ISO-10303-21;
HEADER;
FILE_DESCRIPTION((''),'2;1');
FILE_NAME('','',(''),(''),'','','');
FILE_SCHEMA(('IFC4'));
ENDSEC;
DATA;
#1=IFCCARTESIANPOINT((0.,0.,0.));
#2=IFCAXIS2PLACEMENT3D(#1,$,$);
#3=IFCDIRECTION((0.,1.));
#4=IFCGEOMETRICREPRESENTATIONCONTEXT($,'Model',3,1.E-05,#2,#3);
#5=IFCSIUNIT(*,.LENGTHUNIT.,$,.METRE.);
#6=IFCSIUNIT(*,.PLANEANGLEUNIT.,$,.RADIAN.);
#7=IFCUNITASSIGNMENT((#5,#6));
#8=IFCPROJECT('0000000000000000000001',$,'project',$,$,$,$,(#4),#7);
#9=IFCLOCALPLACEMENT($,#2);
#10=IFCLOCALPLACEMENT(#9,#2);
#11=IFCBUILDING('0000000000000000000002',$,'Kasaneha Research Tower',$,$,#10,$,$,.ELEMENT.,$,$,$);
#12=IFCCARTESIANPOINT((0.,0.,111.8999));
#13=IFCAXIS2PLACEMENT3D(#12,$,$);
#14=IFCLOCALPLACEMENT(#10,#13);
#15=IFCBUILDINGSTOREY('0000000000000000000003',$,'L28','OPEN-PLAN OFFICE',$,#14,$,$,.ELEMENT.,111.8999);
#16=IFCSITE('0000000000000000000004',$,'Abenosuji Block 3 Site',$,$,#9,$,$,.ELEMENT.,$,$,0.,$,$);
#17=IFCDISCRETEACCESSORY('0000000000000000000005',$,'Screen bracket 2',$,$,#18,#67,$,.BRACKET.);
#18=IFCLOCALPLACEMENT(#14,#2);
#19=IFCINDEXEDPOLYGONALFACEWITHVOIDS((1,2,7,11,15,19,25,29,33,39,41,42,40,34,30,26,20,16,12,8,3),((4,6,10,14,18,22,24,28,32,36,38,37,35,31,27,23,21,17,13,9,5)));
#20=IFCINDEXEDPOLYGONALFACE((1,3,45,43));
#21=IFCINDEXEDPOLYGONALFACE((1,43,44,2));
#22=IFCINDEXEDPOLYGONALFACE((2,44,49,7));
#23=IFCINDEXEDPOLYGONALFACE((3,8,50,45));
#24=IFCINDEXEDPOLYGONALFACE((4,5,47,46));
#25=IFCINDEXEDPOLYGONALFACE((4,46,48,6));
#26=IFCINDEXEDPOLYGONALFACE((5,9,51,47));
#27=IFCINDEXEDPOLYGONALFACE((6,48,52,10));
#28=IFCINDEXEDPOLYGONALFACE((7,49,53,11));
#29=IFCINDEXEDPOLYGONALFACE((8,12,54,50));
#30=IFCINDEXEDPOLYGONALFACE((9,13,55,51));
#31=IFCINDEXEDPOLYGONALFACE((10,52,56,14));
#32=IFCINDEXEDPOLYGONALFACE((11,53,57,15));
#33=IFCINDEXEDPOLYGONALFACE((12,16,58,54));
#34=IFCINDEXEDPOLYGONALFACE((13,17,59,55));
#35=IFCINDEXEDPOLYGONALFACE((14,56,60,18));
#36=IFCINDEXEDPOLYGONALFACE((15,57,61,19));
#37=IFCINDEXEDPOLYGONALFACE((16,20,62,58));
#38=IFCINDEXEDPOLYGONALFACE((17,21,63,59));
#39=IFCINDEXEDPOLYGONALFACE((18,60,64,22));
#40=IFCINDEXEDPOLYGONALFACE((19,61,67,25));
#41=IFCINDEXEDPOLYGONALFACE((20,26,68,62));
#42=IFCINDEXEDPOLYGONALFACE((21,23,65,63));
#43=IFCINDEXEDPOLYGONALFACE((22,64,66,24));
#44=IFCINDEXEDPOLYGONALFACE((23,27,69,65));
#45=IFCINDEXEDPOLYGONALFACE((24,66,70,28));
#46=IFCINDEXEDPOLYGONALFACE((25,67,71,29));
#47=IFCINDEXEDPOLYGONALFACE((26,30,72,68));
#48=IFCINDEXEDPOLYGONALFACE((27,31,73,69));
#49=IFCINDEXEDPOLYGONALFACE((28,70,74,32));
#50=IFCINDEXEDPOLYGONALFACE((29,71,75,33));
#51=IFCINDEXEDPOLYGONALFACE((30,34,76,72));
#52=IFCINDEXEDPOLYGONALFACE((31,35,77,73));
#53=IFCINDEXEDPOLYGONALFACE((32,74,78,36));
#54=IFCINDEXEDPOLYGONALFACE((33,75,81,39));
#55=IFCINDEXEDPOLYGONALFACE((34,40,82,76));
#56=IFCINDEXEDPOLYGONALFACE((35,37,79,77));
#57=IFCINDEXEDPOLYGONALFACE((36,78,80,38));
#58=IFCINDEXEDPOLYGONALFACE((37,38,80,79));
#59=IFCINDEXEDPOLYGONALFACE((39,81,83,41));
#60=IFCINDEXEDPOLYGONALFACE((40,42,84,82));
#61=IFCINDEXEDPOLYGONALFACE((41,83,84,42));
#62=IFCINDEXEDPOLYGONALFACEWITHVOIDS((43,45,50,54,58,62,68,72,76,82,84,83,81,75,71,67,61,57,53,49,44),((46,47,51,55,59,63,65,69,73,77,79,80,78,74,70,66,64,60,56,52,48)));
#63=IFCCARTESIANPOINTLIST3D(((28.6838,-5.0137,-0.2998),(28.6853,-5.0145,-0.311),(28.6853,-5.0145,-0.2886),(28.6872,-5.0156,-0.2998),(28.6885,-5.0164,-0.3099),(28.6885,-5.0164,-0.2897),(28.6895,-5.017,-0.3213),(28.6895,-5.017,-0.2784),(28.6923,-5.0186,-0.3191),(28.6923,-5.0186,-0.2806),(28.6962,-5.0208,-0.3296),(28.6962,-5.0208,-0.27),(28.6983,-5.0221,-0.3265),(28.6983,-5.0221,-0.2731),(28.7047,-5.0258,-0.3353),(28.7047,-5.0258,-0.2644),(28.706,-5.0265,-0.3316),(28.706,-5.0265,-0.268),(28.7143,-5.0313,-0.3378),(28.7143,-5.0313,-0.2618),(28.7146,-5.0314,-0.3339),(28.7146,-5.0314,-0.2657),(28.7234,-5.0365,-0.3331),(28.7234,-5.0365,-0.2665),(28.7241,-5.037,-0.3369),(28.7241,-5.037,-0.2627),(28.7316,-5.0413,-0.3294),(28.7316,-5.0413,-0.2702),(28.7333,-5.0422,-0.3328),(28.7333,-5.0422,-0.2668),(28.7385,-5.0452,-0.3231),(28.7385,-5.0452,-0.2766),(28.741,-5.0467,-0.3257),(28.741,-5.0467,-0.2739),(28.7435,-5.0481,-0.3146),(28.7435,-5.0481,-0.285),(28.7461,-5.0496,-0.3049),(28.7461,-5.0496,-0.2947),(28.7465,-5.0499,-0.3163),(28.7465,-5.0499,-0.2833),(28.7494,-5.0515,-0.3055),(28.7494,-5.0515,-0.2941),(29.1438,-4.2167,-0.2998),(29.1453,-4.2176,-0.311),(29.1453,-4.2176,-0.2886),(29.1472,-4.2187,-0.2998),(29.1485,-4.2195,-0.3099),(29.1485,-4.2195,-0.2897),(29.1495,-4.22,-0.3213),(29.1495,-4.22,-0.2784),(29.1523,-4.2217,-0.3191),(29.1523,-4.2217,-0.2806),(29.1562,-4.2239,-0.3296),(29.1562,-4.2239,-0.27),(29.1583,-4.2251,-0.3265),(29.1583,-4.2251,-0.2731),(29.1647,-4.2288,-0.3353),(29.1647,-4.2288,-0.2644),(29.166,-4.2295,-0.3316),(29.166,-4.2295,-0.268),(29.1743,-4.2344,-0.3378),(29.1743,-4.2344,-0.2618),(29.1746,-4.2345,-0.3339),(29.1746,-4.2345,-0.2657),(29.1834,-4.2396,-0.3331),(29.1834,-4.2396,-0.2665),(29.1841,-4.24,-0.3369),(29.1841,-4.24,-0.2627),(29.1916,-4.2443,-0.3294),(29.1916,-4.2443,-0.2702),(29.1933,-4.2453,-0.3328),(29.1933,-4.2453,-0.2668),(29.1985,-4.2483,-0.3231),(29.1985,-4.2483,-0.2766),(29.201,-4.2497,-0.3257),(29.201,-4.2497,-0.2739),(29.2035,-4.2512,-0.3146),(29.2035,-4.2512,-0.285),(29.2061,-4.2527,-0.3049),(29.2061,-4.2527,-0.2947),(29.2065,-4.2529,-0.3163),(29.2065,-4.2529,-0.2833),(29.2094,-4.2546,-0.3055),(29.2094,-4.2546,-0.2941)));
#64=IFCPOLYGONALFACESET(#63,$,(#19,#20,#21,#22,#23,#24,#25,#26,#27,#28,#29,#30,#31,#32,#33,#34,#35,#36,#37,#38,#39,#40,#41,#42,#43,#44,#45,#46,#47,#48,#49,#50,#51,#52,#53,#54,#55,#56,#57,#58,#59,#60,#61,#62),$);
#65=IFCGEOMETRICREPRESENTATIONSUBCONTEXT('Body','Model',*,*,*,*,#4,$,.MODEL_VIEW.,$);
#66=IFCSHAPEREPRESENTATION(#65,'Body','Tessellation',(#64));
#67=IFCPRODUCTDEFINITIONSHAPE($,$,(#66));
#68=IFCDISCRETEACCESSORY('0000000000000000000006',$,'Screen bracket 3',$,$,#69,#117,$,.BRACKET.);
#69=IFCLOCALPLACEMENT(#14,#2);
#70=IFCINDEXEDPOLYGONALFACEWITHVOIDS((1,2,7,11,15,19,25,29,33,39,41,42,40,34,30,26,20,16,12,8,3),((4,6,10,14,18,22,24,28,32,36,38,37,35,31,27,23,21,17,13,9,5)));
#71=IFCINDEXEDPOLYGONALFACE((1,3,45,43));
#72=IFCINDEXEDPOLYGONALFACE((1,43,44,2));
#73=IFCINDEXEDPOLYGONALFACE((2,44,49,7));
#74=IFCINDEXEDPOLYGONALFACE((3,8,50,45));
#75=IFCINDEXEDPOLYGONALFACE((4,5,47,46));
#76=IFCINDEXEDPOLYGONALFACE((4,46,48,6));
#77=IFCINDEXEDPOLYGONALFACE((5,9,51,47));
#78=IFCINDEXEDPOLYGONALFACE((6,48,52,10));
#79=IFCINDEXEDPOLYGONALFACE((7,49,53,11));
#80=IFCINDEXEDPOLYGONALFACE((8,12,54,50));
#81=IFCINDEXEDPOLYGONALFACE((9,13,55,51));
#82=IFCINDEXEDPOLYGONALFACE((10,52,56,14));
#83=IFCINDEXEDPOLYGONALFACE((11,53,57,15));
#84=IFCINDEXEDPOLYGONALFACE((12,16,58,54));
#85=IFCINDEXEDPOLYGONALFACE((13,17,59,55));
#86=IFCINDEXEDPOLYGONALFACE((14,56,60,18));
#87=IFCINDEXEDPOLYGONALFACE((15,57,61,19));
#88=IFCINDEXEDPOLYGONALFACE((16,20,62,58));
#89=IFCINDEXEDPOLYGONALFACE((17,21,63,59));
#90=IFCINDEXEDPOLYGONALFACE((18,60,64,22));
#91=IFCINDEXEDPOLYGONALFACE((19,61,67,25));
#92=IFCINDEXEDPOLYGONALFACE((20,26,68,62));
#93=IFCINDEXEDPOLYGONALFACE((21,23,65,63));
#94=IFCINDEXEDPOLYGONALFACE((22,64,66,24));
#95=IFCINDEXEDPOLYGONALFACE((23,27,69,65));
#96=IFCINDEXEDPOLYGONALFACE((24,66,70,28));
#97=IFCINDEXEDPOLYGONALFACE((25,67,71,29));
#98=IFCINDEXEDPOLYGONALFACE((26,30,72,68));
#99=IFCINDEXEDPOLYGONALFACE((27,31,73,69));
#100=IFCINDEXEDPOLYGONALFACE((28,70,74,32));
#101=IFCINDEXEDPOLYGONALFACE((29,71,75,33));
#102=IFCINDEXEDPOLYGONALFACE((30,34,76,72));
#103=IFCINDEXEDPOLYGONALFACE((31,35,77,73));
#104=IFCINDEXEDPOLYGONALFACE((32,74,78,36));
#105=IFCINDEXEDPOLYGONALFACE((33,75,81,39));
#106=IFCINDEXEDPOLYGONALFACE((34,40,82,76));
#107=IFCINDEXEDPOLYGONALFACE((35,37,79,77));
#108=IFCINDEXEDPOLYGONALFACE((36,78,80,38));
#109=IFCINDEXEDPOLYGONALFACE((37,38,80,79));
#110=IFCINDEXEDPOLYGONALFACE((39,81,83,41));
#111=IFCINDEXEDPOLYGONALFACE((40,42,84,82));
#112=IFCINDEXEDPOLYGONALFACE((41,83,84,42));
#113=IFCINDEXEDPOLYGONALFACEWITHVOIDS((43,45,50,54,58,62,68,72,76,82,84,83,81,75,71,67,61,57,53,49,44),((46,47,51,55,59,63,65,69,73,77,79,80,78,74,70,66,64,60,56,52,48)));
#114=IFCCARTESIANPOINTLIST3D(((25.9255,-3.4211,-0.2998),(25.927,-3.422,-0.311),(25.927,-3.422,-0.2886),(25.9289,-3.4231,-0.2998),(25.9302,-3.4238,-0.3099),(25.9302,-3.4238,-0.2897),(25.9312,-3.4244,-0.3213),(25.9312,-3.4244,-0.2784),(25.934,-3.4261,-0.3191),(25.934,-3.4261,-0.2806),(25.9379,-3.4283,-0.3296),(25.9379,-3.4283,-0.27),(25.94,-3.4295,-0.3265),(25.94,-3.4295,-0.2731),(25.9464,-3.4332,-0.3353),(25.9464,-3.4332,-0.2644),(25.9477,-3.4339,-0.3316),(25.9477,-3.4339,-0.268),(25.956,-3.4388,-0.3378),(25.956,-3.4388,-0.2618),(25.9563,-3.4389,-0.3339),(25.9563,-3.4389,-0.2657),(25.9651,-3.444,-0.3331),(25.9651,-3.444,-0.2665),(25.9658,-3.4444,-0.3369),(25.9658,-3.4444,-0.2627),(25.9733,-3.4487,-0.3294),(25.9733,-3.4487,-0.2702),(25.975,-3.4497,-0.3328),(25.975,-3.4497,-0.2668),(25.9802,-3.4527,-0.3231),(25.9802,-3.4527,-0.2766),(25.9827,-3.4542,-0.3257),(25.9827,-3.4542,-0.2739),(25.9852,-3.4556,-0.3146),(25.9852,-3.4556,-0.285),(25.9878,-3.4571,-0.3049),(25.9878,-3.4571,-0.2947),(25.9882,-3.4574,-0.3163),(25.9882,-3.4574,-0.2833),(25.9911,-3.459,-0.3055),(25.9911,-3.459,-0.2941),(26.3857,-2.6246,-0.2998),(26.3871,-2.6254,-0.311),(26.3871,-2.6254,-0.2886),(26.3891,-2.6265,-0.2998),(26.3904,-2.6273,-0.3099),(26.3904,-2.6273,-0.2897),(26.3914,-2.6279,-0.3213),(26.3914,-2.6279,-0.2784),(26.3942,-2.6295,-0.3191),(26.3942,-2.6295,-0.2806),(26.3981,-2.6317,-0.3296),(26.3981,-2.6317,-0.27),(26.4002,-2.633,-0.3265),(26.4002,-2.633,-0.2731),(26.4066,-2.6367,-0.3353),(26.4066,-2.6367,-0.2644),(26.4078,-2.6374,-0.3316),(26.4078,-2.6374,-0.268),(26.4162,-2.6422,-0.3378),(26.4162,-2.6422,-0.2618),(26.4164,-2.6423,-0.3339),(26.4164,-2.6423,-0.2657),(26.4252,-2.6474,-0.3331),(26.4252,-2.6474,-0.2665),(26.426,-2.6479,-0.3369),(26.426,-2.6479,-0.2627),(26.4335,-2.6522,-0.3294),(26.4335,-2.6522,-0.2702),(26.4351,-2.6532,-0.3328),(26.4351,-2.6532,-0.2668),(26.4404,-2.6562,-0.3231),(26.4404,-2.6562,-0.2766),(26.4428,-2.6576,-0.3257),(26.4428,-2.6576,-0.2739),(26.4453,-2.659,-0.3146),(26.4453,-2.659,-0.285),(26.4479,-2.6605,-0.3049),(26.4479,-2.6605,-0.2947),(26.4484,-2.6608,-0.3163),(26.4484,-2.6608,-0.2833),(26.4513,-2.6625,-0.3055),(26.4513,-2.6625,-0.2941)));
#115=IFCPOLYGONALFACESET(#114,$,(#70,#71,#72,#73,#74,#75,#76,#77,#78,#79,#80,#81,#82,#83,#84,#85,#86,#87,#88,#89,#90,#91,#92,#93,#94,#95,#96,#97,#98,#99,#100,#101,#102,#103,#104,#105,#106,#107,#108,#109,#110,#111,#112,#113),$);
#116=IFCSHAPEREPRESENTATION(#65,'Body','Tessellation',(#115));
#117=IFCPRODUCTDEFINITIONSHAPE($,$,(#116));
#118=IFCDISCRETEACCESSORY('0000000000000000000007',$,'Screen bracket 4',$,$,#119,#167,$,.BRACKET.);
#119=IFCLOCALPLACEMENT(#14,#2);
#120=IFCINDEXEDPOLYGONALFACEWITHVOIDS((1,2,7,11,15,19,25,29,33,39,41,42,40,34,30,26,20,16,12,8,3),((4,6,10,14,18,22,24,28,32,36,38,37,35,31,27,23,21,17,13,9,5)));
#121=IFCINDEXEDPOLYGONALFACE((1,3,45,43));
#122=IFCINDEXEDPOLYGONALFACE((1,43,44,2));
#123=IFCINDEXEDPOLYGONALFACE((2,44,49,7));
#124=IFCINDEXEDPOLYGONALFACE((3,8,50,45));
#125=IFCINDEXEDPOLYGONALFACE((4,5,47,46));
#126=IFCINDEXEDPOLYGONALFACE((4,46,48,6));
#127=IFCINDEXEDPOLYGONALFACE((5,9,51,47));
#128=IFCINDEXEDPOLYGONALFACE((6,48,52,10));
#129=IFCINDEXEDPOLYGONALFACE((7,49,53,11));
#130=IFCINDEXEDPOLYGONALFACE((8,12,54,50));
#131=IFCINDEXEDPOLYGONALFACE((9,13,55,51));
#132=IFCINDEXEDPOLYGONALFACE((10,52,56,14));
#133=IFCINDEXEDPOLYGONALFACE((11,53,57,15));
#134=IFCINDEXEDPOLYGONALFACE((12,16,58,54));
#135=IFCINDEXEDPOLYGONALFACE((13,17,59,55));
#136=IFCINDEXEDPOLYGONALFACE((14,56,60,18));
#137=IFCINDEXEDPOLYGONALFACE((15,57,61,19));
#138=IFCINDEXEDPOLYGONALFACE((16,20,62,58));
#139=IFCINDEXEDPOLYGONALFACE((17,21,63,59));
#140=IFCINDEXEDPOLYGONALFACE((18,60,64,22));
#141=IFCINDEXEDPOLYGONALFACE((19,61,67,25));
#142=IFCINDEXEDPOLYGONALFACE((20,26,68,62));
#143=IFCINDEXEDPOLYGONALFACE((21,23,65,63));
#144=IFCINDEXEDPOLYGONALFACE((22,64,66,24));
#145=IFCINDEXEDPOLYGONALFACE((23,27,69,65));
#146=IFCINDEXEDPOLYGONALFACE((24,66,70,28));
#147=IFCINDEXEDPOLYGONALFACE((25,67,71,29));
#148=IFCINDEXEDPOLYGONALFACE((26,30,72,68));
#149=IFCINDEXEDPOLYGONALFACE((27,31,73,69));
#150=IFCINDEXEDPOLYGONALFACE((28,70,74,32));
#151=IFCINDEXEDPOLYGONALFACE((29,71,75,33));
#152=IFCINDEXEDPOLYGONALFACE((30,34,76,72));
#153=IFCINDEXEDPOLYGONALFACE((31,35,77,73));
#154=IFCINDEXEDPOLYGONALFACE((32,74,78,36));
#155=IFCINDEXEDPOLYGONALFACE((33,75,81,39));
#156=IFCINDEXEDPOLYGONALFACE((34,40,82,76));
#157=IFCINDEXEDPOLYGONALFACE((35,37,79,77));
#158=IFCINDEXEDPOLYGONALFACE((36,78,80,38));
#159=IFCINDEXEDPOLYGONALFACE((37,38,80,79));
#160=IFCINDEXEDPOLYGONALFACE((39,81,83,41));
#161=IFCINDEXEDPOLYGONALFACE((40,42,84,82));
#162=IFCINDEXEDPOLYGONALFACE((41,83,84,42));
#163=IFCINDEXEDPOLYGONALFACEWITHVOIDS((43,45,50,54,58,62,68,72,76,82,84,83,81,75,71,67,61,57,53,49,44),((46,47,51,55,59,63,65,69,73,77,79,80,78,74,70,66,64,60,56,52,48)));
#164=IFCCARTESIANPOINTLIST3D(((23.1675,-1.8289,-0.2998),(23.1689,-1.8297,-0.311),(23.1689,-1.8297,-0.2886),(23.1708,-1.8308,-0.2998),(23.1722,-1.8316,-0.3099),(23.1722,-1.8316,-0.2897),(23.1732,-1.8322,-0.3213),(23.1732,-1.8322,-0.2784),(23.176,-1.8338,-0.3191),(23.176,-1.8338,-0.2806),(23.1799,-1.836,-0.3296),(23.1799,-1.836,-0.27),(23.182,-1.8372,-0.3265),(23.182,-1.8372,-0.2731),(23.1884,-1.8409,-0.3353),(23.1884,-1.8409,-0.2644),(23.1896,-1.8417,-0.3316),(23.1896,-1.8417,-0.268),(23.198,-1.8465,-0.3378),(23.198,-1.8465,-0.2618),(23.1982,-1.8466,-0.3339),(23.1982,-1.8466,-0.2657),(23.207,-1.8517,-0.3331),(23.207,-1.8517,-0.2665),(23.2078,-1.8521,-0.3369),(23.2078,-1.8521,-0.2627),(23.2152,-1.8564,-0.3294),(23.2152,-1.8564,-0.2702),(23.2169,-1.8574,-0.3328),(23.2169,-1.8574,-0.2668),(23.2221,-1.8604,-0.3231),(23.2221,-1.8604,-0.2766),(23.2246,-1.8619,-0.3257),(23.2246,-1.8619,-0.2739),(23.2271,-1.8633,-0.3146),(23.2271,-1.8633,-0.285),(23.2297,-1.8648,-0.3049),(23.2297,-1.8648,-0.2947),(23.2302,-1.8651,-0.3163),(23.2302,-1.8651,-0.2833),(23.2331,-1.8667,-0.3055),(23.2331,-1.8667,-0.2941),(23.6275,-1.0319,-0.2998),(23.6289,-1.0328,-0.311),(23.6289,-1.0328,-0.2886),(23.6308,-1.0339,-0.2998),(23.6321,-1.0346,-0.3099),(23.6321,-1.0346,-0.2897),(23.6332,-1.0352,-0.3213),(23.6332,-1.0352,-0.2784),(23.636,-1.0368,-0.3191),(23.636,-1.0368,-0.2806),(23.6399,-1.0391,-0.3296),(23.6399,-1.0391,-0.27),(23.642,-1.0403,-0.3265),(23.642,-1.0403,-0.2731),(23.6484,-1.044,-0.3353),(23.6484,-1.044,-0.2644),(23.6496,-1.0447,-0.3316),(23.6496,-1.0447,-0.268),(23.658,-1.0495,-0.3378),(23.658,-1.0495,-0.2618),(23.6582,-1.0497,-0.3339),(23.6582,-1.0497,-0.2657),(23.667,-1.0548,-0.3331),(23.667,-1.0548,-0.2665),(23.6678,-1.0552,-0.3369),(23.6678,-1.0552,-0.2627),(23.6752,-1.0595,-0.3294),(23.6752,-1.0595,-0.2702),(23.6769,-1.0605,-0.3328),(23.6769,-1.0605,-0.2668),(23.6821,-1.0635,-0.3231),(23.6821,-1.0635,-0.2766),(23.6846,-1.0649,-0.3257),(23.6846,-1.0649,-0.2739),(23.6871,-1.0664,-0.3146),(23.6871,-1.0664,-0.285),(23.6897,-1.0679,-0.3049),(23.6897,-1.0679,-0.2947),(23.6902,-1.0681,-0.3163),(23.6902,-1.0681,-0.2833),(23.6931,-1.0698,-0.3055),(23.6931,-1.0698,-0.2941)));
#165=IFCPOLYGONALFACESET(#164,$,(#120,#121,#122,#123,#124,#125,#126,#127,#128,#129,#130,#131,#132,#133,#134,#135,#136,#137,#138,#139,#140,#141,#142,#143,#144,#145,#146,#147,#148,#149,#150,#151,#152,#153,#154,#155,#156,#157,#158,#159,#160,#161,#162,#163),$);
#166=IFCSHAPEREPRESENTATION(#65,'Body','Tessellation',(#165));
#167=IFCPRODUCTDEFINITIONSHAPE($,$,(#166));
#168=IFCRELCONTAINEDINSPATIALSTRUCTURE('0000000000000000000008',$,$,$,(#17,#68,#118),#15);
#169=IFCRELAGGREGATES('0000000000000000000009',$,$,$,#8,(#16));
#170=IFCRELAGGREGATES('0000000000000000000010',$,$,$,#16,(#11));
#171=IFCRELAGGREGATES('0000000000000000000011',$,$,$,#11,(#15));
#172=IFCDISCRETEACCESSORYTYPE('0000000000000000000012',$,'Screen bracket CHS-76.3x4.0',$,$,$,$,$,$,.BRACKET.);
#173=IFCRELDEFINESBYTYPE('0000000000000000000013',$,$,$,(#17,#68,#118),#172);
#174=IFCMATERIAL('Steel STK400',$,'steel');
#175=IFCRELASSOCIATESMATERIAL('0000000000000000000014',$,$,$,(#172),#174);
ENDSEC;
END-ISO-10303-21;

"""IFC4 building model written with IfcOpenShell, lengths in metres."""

from ifc_helpers import new_model, si_unit, direction, frame, origin, origin_2d, place, context, subcontext, project, spatial, hollow_circle, extrude, material, material_profile, profile_set, type_object, element, save


model = new_model("IFC4")

# Units and contexts
model_context = context("Model", 3, precision=1e-05, world=origin(), true_north=direction((0.0, 1.0)))
body_context = subcontext(model_context, "Body", "Model", "MODEL_VIEW")
ifc_project = project(units=[si_unit("LENGTHUNIT", "METRE"), si_unit("PLANEANGLEUNIT", "RADIAN")], contexts=[model_context])

# Site, building, storey
site_placement = place(None, origin())
site = spatial("IfcSite", under=ifc_project, at=site_placement, Name="Abenosuji Block 3 Site", CompositionType="ELEMENT", RefElevation=0.0)
building_placement = place(site_placement, origin())
building = spatial("IfcBuilding", under=site, at=building_placement, Name="Kasaneha Research Tower", CompositionType="ELEMENT")
storey_placement = place(building_placement, frame((0.0, 0.0, 111.8999)))
storey = spatial("IfcBuildingStorey", under=building, at=storey_placement, Name="L28", Description="OPEN-PLAN OFFICE", CompositionType="ELEMENT", Elevation=111.8999)

# Discrete accessories
ifc_material_1 = material(Name="Steel STK400", Category="steel")
ifc_material_profile_1 = material_profile(ifc_material_1, hollow_circle(Radius=0.0381, WallThickness=0.0039, at=origin_2d()), Name="CHS-76.3x4.0")
ifc_profile_set_1 = profile_set([ifc_material_profile_1], Name="Steel STK400")
discrete_accessory_type = type_object("IfcDiscreteAccessoryType", Name="Screen bracket CHS-76.3x4.0", PredefinedType="BRACKET", material=ifc_profile_set_1)
discrete_accessory_1_placement = place(storey_placement, frame((28.7168, -5.0327, -0.2998), z_axis=(0.499906, 0.86608, 0.0), x_axis=(-0.86608, 0.499906, 0.0)))
element("IfcDiscreteAccessory", 1, at=discrete_accessory_1_placement, inside=storey, type_object=discrete_accessory_type, Name="Screen bracket 2", PredefinedType="BRACKET", context=body_context, shape_type="SweptSolid", body=[
    extrude(hollow_circle(Radius=0.0381, WallThickness=0.0039, at=origin_2d()), origin(), (0.0, 0.0, 1.0), 0.9202),
])
discrete_accessory_2_placement = place(storey_placement, frame((25.9585, -3.4402, -0.2998), z_axis=(0.50022, 0.865898, 0.0), x_axis=(-0.865898, 0.50022, 0.0)))
element("IfcDiscreteAccessory", 2, at=discrete_accessory_2_placement, inside=storey, type_object=discrete_accessory_type, Name="Screen bracket 3", PredefinedType="BRACKET", context=body_context, shape_type="SweptSolid", body=[
    extrude(hollow_circle(Radius=0.0381, WallThickness=0.0039, at=origin_2d()), origin(), (0.0, 0.0, 1.0), 0.9199),
])
discrete_accessory_3_placement = place(storey_placement, frame((23.2004, -1.8479, -0.2998), z_axis=(0.499906, 0.86608, 0.0), x_axis=(-0.86608, 0.499906, 0.0)))
element("IfcDiscreteAccessory", 3, at=discrete_accessory_3_placement, inside=storey, type_object=discrete_accessory_type, Name="Screen bracket 4", PredefinedType="BRACKET", context=body_context, shape_type="SweptSolid", body=[
    extrude(hollow_circle(Radius=0.0381, WallThickness=0.0039, at=origin_2d()), origin(), (0.0, 0.0, 1.0), 0.9202),
])

save(model, "model.ifc")
